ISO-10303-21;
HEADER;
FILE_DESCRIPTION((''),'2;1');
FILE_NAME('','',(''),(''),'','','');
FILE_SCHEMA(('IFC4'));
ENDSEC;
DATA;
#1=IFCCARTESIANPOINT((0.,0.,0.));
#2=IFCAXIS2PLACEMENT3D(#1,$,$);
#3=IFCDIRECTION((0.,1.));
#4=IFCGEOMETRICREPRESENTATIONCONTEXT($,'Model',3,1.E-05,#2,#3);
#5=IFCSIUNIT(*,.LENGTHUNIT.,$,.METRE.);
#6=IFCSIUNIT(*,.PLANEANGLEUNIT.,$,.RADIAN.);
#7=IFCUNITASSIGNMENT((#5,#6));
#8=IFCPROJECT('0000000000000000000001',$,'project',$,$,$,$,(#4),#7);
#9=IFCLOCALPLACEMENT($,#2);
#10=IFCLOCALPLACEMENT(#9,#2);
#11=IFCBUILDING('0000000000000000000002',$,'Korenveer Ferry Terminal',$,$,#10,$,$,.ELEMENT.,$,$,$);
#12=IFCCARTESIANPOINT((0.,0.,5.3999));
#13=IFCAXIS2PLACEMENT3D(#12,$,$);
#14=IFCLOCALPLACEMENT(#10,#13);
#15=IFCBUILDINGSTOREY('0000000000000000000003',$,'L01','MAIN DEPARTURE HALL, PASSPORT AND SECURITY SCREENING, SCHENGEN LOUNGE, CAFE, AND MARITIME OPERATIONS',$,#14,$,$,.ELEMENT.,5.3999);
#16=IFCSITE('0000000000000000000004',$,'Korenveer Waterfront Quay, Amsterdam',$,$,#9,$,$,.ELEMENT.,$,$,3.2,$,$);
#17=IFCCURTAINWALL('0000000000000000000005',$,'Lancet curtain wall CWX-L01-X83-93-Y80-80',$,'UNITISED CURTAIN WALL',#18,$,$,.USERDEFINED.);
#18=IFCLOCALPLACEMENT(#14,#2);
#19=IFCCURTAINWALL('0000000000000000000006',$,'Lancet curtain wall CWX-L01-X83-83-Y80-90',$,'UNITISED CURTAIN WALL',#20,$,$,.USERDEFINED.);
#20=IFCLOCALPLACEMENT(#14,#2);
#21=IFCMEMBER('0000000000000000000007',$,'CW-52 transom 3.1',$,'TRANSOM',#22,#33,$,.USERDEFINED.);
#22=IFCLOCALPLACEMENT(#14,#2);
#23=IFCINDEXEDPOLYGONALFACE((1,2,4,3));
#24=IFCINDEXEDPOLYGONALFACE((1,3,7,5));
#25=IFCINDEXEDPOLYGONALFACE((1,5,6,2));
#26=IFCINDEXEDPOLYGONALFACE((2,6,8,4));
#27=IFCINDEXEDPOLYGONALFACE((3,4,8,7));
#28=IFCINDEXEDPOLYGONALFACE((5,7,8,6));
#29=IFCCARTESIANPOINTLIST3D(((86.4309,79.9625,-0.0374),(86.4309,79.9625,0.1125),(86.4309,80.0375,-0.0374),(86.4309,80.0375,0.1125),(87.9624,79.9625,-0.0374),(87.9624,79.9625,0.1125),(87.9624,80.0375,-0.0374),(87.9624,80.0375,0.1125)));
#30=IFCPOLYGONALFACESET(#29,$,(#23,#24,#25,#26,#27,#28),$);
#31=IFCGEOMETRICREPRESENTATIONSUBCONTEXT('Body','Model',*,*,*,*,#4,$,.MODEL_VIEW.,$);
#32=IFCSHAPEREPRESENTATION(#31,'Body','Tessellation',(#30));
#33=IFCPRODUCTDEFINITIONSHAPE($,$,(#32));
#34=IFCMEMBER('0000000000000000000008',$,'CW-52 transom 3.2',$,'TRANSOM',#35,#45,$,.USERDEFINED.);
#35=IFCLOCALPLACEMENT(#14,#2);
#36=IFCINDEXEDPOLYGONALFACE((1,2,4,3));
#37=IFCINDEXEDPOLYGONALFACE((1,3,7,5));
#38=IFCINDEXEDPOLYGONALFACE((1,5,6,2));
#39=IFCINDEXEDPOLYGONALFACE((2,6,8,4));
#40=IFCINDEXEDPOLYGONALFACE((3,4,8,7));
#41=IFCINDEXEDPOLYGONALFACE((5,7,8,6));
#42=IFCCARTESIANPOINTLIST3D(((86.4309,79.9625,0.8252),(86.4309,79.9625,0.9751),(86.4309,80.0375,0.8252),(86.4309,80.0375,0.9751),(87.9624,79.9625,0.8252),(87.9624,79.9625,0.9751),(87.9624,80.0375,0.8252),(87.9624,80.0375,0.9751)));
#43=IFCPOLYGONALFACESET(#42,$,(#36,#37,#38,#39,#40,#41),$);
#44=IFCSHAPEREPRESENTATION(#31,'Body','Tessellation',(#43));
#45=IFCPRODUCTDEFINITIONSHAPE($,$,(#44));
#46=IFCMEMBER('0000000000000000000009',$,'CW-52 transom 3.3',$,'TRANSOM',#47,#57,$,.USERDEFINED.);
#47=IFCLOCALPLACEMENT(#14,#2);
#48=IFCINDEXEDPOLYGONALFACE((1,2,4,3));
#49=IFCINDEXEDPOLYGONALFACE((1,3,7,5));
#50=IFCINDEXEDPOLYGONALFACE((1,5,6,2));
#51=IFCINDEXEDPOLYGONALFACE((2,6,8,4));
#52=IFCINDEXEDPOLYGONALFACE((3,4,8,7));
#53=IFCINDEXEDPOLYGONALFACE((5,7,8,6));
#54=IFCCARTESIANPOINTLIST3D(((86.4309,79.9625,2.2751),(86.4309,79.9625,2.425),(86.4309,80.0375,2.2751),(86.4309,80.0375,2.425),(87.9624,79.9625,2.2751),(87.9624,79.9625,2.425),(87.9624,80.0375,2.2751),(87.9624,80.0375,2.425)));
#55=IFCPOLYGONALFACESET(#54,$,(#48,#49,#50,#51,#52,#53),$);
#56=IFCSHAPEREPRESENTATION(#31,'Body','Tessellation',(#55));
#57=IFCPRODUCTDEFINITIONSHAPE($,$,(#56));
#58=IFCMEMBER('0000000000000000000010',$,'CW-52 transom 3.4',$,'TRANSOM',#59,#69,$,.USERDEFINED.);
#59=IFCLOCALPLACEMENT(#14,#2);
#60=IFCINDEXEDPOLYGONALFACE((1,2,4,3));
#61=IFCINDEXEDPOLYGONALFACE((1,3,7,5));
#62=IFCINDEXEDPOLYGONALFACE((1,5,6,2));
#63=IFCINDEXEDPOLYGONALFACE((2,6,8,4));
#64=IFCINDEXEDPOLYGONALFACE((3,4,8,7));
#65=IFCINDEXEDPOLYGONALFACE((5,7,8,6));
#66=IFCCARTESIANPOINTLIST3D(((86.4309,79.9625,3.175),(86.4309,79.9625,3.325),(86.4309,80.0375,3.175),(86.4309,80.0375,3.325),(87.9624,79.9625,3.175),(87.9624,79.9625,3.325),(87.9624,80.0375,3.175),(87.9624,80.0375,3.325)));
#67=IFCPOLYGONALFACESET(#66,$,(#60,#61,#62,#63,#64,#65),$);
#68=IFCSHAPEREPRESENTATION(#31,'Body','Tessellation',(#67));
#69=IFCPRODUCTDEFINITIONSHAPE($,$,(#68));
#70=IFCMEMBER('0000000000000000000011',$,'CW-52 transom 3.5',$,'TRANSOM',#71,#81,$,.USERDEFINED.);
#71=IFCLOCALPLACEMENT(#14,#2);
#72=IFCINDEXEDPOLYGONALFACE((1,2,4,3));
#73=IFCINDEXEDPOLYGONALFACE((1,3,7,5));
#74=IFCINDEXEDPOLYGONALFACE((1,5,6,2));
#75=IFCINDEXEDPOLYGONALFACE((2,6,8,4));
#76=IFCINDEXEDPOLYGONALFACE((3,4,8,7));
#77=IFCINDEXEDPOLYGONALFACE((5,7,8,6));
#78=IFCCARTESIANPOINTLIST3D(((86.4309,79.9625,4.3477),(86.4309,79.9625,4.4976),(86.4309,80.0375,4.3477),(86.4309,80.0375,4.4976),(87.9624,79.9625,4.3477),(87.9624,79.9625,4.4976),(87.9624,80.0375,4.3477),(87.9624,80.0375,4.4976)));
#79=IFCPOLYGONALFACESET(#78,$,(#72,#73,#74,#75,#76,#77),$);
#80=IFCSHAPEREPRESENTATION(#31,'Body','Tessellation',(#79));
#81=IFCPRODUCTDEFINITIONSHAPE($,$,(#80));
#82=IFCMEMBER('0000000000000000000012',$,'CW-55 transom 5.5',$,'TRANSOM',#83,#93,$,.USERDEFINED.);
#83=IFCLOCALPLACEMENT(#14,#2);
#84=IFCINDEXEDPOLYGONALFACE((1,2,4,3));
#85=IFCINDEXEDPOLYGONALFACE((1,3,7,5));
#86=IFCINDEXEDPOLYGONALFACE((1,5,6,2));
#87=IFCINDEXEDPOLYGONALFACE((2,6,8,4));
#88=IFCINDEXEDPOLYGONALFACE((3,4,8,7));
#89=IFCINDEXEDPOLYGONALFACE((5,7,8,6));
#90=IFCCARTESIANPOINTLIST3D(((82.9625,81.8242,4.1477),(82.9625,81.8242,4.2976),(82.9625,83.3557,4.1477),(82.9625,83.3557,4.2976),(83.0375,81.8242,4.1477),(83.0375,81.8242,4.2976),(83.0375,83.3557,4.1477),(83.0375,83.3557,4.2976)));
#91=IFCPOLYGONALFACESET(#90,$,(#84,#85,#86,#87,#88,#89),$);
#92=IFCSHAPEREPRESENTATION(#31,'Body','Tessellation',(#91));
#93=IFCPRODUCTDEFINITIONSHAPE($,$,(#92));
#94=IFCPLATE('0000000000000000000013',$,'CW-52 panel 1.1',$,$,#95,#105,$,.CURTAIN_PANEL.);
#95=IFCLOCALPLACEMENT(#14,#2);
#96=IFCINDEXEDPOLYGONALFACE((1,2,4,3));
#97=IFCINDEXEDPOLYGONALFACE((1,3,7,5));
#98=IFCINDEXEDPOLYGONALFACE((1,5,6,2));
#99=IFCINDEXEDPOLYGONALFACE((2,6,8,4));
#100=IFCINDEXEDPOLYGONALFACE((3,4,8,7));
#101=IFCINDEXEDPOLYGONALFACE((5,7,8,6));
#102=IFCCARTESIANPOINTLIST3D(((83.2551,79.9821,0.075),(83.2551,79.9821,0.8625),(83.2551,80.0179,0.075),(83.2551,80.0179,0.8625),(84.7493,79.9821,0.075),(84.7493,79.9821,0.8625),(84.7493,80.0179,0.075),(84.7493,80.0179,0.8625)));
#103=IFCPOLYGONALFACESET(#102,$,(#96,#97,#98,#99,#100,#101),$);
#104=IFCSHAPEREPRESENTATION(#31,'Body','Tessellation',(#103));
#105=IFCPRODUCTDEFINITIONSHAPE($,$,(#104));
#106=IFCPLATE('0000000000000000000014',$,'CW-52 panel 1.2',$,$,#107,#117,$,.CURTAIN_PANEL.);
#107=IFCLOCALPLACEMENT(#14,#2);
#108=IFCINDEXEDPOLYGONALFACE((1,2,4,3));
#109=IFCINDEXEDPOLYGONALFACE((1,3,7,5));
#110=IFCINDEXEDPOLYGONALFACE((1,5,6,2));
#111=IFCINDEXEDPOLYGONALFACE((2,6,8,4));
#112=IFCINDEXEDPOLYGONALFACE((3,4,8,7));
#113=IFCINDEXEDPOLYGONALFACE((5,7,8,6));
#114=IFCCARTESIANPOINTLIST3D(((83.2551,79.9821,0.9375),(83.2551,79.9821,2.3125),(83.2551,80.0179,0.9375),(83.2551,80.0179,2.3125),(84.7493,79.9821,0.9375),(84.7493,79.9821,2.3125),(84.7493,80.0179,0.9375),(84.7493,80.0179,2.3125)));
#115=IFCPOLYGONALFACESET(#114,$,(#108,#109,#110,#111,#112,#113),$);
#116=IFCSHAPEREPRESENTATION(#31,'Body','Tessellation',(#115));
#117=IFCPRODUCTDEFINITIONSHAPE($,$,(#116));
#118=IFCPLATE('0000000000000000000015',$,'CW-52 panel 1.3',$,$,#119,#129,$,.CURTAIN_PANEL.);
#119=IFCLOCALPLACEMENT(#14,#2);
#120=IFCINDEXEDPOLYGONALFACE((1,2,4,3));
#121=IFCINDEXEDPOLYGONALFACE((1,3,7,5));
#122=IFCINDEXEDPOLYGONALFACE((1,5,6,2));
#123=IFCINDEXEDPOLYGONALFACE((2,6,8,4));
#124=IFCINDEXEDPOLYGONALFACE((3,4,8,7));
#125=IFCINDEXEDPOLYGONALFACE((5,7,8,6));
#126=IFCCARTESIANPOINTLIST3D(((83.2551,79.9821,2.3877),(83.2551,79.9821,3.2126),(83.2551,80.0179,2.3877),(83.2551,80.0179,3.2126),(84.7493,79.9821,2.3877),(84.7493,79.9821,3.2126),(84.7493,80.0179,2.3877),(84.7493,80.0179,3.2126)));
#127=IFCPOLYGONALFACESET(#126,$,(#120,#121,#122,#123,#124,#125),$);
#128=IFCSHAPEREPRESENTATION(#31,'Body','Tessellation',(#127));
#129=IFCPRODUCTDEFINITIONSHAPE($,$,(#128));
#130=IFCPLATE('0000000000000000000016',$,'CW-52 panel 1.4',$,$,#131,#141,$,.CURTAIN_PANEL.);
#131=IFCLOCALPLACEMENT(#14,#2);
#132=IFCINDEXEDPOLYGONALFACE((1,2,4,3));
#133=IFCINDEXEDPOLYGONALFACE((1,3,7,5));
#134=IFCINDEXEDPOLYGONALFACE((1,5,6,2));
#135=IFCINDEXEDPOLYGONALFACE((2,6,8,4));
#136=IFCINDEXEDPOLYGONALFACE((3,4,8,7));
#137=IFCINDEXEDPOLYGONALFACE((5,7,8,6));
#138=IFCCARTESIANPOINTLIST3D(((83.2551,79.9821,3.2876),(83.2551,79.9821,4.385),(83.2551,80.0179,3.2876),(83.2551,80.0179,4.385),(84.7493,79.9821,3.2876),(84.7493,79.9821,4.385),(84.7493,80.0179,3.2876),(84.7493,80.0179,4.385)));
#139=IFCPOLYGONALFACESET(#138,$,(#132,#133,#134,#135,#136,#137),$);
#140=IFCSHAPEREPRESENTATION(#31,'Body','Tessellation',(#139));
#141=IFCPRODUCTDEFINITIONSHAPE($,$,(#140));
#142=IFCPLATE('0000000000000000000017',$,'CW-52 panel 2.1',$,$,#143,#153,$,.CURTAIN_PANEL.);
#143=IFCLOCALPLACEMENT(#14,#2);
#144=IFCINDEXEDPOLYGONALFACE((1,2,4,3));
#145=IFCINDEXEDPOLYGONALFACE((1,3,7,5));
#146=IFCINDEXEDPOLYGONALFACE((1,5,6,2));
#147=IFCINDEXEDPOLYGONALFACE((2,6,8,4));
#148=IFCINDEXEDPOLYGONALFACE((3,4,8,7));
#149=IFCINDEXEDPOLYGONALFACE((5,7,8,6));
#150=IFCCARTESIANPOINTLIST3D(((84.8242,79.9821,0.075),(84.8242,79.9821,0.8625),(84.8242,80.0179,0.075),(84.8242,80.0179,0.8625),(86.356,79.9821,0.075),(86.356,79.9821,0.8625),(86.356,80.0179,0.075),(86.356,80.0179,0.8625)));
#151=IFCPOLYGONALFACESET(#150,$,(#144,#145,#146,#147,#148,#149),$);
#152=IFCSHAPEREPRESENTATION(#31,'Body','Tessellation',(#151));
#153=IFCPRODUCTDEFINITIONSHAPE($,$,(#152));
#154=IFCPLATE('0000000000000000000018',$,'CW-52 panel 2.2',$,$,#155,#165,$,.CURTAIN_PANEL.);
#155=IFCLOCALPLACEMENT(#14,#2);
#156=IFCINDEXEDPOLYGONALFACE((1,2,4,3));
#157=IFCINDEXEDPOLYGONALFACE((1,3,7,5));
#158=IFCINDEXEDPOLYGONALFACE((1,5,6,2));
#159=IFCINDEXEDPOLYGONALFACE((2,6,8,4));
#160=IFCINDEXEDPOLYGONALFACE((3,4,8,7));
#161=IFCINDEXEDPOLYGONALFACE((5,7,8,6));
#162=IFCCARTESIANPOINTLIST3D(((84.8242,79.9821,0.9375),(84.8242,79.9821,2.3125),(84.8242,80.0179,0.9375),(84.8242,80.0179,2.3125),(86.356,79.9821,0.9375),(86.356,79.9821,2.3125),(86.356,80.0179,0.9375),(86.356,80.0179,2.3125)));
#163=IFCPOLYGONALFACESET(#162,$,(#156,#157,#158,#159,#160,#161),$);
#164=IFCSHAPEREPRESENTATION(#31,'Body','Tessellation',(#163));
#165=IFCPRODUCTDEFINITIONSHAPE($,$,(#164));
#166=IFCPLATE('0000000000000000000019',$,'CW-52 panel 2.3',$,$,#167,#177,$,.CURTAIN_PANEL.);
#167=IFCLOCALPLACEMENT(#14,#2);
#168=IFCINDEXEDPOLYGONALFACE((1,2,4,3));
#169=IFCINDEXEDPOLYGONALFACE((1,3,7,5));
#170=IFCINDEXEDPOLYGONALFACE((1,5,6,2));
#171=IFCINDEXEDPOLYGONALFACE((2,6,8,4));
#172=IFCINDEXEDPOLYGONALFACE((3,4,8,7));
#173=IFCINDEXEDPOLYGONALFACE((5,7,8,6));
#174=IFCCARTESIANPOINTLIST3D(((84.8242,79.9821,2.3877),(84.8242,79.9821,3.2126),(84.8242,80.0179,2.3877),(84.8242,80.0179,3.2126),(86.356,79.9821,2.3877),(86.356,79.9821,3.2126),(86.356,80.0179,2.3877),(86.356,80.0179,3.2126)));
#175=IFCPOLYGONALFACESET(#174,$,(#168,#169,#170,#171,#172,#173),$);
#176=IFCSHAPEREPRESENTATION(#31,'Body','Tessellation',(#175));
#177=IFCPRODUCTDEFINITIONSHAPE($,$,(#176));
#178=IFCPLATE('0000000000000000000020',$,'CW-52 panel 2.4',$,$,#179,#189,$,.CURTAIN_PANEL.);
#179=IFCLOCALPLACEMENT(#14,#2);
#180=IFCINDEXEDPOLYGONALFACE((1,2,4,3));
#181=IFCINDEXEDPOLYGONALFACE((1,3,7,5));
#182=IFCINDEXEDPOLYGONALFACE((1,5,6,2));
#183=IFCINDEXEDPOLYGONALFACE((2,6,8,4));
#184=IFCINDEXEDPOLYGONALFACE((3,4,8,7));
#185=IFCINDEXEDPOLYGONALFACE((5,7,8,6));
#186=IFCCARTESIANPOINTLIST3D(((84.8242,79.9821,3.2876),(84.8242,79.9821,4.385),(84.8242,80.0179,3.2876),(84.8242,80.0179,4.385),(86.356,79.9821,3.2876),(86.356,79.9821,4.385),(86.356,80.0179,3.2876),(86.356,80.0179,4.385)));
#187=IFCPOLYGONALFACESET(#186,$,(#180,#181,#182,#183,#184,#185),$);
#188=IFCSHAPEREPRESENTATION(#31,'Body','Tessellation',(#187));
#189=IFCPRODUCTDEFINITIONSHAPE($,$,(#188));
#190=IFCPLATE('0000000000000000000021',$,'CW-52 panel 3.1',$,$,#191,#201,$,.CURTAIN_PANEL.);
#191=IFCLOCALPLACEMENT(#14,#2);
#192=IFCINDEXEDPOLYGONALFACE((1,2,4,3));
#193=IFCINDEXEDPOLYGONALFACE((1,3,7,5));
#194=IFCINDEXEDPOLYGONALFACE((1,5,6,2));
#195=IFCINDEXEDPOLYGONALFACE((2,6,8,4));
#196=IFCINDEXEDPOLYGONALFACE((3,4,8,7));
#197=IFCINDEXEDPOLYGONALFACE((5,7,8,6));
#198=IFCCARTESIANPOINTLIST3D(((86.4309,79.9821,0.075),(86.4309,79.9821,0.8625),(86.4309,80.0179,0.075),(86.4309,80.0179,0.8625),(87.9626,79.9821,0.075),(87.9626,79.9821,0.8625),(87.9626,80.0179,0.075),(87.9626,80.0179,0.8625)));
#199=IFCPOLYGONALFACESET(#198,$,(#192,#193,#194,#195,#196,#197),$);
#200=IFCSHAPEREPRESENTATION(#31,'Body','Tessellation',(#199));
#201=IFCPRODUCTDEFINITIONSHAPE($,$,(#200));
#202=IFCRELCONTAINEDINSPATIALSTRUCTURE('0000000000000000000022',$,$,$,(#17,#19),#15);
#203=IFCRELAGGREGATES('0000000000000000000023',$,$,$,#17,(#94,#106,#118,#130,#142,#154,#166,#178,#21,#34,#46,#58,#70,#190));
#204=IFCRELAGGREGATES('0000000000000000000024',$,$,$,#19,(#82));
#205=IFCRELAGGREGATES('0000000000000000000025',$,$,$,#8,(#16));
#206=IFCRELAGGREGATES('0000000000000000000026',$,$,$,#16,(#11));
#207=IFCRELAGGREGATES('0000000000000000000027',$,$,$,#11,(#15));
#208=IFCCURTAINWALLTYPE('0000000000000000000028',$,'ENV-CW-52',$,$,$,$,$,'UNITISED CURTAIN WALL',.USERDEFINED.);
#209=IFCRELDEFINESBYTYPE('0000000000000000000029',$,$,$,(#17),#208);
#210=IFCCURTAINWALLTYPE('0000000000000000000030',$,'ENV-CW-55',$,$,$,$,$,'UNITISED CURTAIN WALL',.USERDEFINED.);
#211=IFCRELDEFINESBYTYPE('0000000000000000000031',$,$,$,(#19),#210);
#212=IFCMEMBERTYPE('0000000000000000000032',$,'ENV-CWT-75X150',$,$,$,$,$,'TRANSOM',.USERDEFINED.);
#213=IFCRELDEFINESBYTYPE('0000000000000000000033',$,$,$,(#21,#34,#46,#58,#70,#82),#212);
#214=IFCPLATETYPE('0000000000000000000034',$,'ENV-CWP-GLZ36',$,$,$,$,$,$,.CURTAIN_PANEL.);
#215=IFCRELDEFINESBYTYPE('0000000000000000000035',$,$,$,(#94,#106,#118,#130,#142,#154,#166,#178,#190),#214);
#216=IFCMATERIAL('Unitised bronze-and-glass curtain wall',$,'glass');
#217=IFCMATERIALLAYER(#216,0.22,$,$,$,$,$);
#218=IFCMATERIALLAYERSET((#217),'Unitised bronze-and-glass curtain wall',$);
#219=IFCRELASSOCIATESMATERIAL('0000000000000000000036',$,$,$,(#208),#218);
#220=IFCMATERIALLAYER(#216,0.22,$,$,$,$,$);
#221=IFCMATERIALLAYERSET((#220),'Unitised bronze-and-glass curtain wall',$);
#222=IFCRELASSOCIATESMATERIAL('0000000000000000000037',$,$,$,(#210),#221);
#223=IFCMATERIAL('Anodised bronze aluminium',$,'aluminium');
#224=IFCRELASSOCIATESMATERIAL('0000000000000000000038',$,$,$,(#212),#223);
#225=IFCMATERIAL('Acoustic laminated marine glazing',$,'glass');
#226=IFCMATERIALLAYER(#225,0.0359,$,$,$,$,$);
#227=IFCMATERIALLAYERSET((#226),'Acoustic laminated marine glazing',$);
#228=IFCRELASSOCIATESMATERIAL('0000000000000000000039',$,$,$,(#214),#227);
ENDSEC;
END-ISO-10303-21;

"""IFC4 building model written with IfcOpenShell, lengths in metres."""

from ifc_helpers import new_model, si_unit, direction, frame, origin, origin_2d, place, context, subcontext, project, spatial, rectangle, extrude, material, layer, layer_set, material_profile, profile_set, type_object, element, aggregate, save


model = new_model("IFC4")

# Units and contexts
model_context = context("Model", 3, precision=1e-05, world=origin(), true_north=direction((0.0, 1.0)))
body_context = subcontext(model_context, "Body", "Model", "MODEL_VIEW")
ifc_project = project(units=[si_unit("LENGTHUNIT", "METRE"), si_unit("PLANEANGLEUNIT", "RADIAN")], contexts=[model_context])

# Site, building, storey
site_placement = place(None, origin())
site = spatial("IfcSite", under=ifc_project, at=site_placement, Name="Korenveer Waterfront Quay, Amsterdam", CompositionType="ELEMENT", RefElevation=3.2)
building_placement = place(site_placement, origin())
building = spatial("IfcBuilding", under=site, at=building_placement, Name="Korenveer Ferry Terminal", CompositionType="ELEMENT")
storey_placement = place(building_placement, frame((0.0, 0.0, 5.3999)))
storey = spatial("IfcBuildingStorey", under=building, at=storey_placement, Name="L01", Description="MAIN DEPARTURE HALL, PASSPORT AND SECURITY SCREENING, SCHENGEN LOUNGE, CAFE, AND MARITIME OPERATIONS", CompositionType="ELEMENT", Elevation=5.3999)

# Curtain wall
ifc_material_1 = material(Name="Unitised bronze-and-glass curtain wall", Category="glass")
ifc_layer_1 = layer(ifc_material_1, 0.22)
ifc_layer_set_1 = layer_set([ifc_layer_1], Name="Unitised bronze-and-glass curtain wall")
curtain_wall_type_1 = type_object("IfcCurtainWallType", Name="ENV-CW-52", ElementType="UNITISED CURTAIN WALL", PredefinedType="USERDEFINED", material=ifc_layer_set_1)
curtain_wall_1_placement = place(storey_placement, frame((83.1799, 80.0, 0.0)))
curtain_wall_1 = element("IfcCurtainWall", 1, at=curtain_wall_1_placement, inside=storey, type_object=curtain_wall_type_1, Name="Lancet curtain wall CWX-L01-X83-93-Y80-80", ObjectType="UNITISED CURTAIN WALL", PredefinedType="USERDEFINED")
ifc_material_2 = material(Name="Anodised bronze aluminium", Category="aluminium")

# Curtain wall
ifc_layer_2 = layer(ifc_material_1, 0.22)
ifc_layer_set_2 = layer_set([ifc_layer_2], Name="Unitised bronze-and-glass curtain wall")
curtain_wall_type_2 = type_object("IfcCurtainWallType", Name="ENV-CW-55", ElementType="UNITISED CURTAIN WALL", PredefinedType="USERDEFINED", material=ifc_layer_set_2)
curtain_wall_2_placement = place(storey_placement, frame((83.0, 89.8201, 0.0)))
curtain_wall_2 = element("IfcCurtainWall", 2, at=curtain_wall_2_placement, inside=storey, type_object=curtain_wall_type_2, Name="Lancet curtain wall CWX-L01-X83-83-Y80-90", ObjectType="UNITISED CURTAIN WALL", PredefinedType="USERDEFINED")

# Members
ifc_material_profile_1 = material_profile(ifc_material_2, rectangle(XDim=0.075, YDim=0.1499, at=origin_2d()), Name="ALU 75x150")
ifc_profile_set_1 = profile_set([ifc_material_profile_1], Name="Anodised bronze aluminium")
member_type_1 = type_object("IfcMemberType", Name="ENV-CWT-75X150", ElementType="TRANSOM", PredefinedType="USERDEFINED", material=ifc_profile_set_1)
member_1_placement = place(storey_placement, frame((86.4309, 80.0, 0.0376), z_axis=(1.0, 0.0, 0.0), x_axis=(0.0, 1.0, 0.0)))
member_1 = element("IfcMember", 3, at=member_1_placement, type_object=member_type_1, Name="CW-52 transom 3.1", ObjectType="TRANSOM", PredefinedType="USERDEFINED", context=body_context, shape_type="SweptSolid", body=[
    extrude(rectangle(XDim=0.075, YDim=0.1499, at=origin_2d()), origin(), (0.0, 0.0, 1.0), 1.5315),
])
member_2_placement = place(storey_placement, frame((86.4309, 80.0, 0.9001), z_axis=(1.0, 0.0, 0.0), x_axis=(0.0, 1.0, 0.0)))
member_2 = element("IfcMember", 4, at=member_2_placement, type_object=member_type_1, Name="CW-52 transom 3.2", ObjectType="TRANSOM", PredefinedType="USERDEFINED", context=body_context, shape_type="SweptSolid", body=[
    extrude(rectangle(XDim=0.075, YDim=0.1499, at=origin_2d()), origin(), (0.0, 0.0, 1.0), 1.5315),
])
member_3_placement = place(storey_placement, frame((86.4309, 80.0, 2.3501), z_axis=(1.0, 0.0, 0.0), x_axis=(0.0, 1.0, 0.0)))
member_3 = element("IfcMember", 5, at=member_3_placement, type_object=member_type_1, Name="CW-52 transom 3.3", ObjectType="TRANSOM", PredefinedType="USERDEFINED", context=body_context, shape_type="SweptSolid", body=[
    extrude(rectangle(XDim=0.075, YDim=0.1499, at=origin_2d()), origin(), (0.0, 0.0, 1.0), 1.5315),
])
member_4_placement = place(storey_placement, frame((86.4309, 80.0, 3.25), z_axis=(1.0, 0.0, 0.0), x_axis=(0.0, 1.0, 0.0)))
member_4 = element("IfcMember", 6, at=member_4_placement, type_object=member_type_1, Name="CW-52 transom 3.4", ObjectType="TRANSOM", PredefinedType="USERDEFINED", context=body_context, shape_type="SweptSolid", body=[
    extrude(rectangle(XDim=0.075, YDim=0.1499, at=origin_2d()), origin(), (0.0, 0.0, 1.0), 1.5315),
])
member_5_placement = place(storey_placement, frame((86.4309, 80.0, 4.4226), z_axis=(1.0, 0.0, 0.0), x_axis=(0.0, 1.0, 0.0)))
member_5 = element("IfcMember", 7, at=member_5_placement, type_object=member_type_1, Name="CW-52 transom 3.5", ObjectType="TRANSOM", PredefinedType="USERDEFINED", context=body_context, shape_type="SweptSolid", body=[
    extrude(rectangle(XDim=0.075, YDim=0.1499, at=origin_2d()), origin(), (0.0, 0.0, 1.0), 1.5315),
])
member_6_placement = place(storey_placement, frame((83.0, 83.3557, 4.2227), z_axis=(0.0, -1.0, 0.0), x_axis=(1.0, 0.0, 0.0)))
member_6 = element("IfcMember", 8, at=member_6_placement, type_object=member_type_1, Name="CW-55 transom 5.5", ObjectType="TRANSOM", PredefinedType="USERDEFINED", context=body_context, shape_type="SweptSolid", body=[
    extrude(rectangle(XDim=0.075, YDim=0.1499, at=origin_2d()), origin(), (0.0, 0.0, 1.0), 1.5315),
])

# Plates
ifc_material_3 = material(Name="Acoustic laminated marine glazing", Category="glass")
ifc_layer_3 = layer(ifc_material_3, 0.0359)
ifc_layer_set_3 = layer_set([ifc_layer_3], Name="Acoustic laminated marine glazing")
plate_type = type_object("IfcPlateType", Name="ENV-CWP-GLZ36", PredefinedType="CURTAIN_PANEL", material=ifc_layer_set_3)
plate_1_placement = place(storey_placement, frame((84.0022, 80.0, 0.075), z_axis=(0.0, 0.0, 1.0), x_axis=(1.0, 0.0, 0.0)))
plate_1 = element("IfcPlate", 9, at=plate_1_placement, type_object=plate_type, Name="CW-52 panel 1.1", PredefinedType="CURTAIN_PANEL", context=body_context, shape_type="SweptSolid", body=[
    extrude(rectangle(XDim=1.4941, YDim=0.0359, at=origin_2d()), origin(), (0.0, 0.0, 1.0), 0.7876),
])
plate_2_placement = place(storey_placement, frame((84.0022, 80.0, 0.9375), z_axis=(0.0, 0.0, 1.0), x_axis=(1.0, 0.0, 0.0)))
plate_2 = element("IfcPlate", 10, at=plate_2_placement, type_object=plate_type, Name="CW-52 panel 1.2", PredefinedType="CURTAIN_PANEL", context=body_context, shape_type="SweptSolid", body=[
    extrude(rectangle(XDim=1.4941, YDim=0.0359, at=origin_2d()), origin(), (0.0, 0.0, 1.0), 1.375),
])
plate_3_placement = place(storey_placement, frame((84.0022, 80.0, 2.3877), z_axis=(0.0, 0.0, 1.0), x_axis=(1.0, 0.0, 0.0)))
plate_3 = element("IfcPlate", 11, at=plate_3_placement, type_object=plate_type, Name="CW-52 panel 1.3", PredefinedType="CURTAIN_PANEL", context=body_context, shape_type="SweptSolid", body=[
    extrude(rectangle(XDim=1.4941, YDim=0.0359, at=origin_2d()), origin(), (0.0, 0.0, 1.0), 0.825),
])
plate_4_placement = place(storey_placement, frame((84.0022, 80.0, 3.2876), z_axis=(0.0, 0.0, 1.0), x_axis=(1.0, 0.0, 0.0)))
plate_4 = element("IfcPlate", 12, at=plate_4_placement, type_object=plate_type, Name="CW-52 panel 1.4", PredefinedType="CURTAIN_PANEL", context=body_context, shape_type="SweptSolid", body=[
    extrude(rectangle(XDim=1.4941, YDim=0.0359, at=origin_2d()), origin(), (0.0, 0.0, 1.0), 1.0974),
])
plate_5_placement = place(storey_placement, frame((85.5901, 80.0, 0.075), z_axis=(0.0, 0.0, 1.0), x_axis=(1.0, 0.0, 0.0)))
plate_5 = element("IfcPlate", 13, at=plate_5_placement, type_object=plate_type, Name="CW-52 panel 2.1", PredefinedType="CURTAIN_PANEL", context=body_context, shape_type="SweptSolid", body=[
    extrude(rectangle(XDim=1.5317, YDim=0.0359, at=origin_2d()), origin(), (0.0, 0.0, 1.0), 0.7876),
])
plate_6_placement = place(storey_placement, frame((85.5901, 80.0, 0.9375), z_axis=(0.0, 0.0, 1.0), x_axis=(1.0, 0.0, 0.0)))
plate_6 = element("IfcPlate", 14, at=plate_6_placement, type_object=plate_type, Name="CW-52 panel 2.2", PredefinedType="CURTAIN_PANEL", context=body_context, shape_type="SweptSolid", body=[
    extrude(rectangle(XDim=1.5317, YDim=0.0359, at=origin_2d()), origin(), (0.0, 0.0, 1.0), 1.375),
])
plate_7_placement = place(storey_placement, frame((85.5901, 80.0, 2.3877), z_axis=(0.0, 0.0, 1.0), x_axis=(1.0, 0.0, 0.0)))
plate_7 = element("IfcPlate", 15, at=plate_7_placement, type_object=plate_type, Name="CW-52 panel 2.3", PredefinedType="CURTAIN_PANEL", context=body_context, shape_type="SweptSolid", body=[
    extrude(rectangle(XDim=1.5317, YDim=0.0359, at=origin_2d()), origin(), (0.0, 0.0, 1.0), 0.825),
])
plate_8_placement = place(storey_placement, frame((85.5901, 80.0, 3.2876), z_axis=(0.0, 0.0, 1.0), x_axis=(1.0, 0.0, 0.0)))
plate_8 = element("IfcPlate", 16, at=plate_8_placement, type_object=plate_type, Name="CW-52 panel 2.4", PredefinedType="CURTAIN_PANEL", context=body_context, shape_type="SweptSolid", body=[
    extrude(rectangle(XDim=1.5317, YDim=0.0359, at=origin_2d()), origin(), (0.0, 0.0, 1.0), 1.0974),
])
plate_9_placement = place(storey_placement, frame((87.1968, 80.0, 0.075), z_axis=(0.0, 0.0, 1.0), x_axis=(1.0, 0.0, 0.0)))
plate_9 = element("IfcPlate", 17, at=plate_9_placement, type_object=plate_type, Name="CW-52 panel 3.1", PredefinedType="CURTAIN_PANEL", context=body_context, shape_type="SweptSolid", body=[
    extrude(rectangle(XDim=1.5317, YDim=0.0359, at=origin_2d()), origin(), (0.0, 0.0, 1.0), 0.7876),
])
aggregate(curtain_wall_1, [plate_1, plate_2, plate_3, plate_4, plate_5, plate_6, plate_7, plate_8, member_1, member_2, member_3, member_4, member_5, plate_9])
aggregate(curtain_wall_2, [member_6])

save(model, "model.ifc")
